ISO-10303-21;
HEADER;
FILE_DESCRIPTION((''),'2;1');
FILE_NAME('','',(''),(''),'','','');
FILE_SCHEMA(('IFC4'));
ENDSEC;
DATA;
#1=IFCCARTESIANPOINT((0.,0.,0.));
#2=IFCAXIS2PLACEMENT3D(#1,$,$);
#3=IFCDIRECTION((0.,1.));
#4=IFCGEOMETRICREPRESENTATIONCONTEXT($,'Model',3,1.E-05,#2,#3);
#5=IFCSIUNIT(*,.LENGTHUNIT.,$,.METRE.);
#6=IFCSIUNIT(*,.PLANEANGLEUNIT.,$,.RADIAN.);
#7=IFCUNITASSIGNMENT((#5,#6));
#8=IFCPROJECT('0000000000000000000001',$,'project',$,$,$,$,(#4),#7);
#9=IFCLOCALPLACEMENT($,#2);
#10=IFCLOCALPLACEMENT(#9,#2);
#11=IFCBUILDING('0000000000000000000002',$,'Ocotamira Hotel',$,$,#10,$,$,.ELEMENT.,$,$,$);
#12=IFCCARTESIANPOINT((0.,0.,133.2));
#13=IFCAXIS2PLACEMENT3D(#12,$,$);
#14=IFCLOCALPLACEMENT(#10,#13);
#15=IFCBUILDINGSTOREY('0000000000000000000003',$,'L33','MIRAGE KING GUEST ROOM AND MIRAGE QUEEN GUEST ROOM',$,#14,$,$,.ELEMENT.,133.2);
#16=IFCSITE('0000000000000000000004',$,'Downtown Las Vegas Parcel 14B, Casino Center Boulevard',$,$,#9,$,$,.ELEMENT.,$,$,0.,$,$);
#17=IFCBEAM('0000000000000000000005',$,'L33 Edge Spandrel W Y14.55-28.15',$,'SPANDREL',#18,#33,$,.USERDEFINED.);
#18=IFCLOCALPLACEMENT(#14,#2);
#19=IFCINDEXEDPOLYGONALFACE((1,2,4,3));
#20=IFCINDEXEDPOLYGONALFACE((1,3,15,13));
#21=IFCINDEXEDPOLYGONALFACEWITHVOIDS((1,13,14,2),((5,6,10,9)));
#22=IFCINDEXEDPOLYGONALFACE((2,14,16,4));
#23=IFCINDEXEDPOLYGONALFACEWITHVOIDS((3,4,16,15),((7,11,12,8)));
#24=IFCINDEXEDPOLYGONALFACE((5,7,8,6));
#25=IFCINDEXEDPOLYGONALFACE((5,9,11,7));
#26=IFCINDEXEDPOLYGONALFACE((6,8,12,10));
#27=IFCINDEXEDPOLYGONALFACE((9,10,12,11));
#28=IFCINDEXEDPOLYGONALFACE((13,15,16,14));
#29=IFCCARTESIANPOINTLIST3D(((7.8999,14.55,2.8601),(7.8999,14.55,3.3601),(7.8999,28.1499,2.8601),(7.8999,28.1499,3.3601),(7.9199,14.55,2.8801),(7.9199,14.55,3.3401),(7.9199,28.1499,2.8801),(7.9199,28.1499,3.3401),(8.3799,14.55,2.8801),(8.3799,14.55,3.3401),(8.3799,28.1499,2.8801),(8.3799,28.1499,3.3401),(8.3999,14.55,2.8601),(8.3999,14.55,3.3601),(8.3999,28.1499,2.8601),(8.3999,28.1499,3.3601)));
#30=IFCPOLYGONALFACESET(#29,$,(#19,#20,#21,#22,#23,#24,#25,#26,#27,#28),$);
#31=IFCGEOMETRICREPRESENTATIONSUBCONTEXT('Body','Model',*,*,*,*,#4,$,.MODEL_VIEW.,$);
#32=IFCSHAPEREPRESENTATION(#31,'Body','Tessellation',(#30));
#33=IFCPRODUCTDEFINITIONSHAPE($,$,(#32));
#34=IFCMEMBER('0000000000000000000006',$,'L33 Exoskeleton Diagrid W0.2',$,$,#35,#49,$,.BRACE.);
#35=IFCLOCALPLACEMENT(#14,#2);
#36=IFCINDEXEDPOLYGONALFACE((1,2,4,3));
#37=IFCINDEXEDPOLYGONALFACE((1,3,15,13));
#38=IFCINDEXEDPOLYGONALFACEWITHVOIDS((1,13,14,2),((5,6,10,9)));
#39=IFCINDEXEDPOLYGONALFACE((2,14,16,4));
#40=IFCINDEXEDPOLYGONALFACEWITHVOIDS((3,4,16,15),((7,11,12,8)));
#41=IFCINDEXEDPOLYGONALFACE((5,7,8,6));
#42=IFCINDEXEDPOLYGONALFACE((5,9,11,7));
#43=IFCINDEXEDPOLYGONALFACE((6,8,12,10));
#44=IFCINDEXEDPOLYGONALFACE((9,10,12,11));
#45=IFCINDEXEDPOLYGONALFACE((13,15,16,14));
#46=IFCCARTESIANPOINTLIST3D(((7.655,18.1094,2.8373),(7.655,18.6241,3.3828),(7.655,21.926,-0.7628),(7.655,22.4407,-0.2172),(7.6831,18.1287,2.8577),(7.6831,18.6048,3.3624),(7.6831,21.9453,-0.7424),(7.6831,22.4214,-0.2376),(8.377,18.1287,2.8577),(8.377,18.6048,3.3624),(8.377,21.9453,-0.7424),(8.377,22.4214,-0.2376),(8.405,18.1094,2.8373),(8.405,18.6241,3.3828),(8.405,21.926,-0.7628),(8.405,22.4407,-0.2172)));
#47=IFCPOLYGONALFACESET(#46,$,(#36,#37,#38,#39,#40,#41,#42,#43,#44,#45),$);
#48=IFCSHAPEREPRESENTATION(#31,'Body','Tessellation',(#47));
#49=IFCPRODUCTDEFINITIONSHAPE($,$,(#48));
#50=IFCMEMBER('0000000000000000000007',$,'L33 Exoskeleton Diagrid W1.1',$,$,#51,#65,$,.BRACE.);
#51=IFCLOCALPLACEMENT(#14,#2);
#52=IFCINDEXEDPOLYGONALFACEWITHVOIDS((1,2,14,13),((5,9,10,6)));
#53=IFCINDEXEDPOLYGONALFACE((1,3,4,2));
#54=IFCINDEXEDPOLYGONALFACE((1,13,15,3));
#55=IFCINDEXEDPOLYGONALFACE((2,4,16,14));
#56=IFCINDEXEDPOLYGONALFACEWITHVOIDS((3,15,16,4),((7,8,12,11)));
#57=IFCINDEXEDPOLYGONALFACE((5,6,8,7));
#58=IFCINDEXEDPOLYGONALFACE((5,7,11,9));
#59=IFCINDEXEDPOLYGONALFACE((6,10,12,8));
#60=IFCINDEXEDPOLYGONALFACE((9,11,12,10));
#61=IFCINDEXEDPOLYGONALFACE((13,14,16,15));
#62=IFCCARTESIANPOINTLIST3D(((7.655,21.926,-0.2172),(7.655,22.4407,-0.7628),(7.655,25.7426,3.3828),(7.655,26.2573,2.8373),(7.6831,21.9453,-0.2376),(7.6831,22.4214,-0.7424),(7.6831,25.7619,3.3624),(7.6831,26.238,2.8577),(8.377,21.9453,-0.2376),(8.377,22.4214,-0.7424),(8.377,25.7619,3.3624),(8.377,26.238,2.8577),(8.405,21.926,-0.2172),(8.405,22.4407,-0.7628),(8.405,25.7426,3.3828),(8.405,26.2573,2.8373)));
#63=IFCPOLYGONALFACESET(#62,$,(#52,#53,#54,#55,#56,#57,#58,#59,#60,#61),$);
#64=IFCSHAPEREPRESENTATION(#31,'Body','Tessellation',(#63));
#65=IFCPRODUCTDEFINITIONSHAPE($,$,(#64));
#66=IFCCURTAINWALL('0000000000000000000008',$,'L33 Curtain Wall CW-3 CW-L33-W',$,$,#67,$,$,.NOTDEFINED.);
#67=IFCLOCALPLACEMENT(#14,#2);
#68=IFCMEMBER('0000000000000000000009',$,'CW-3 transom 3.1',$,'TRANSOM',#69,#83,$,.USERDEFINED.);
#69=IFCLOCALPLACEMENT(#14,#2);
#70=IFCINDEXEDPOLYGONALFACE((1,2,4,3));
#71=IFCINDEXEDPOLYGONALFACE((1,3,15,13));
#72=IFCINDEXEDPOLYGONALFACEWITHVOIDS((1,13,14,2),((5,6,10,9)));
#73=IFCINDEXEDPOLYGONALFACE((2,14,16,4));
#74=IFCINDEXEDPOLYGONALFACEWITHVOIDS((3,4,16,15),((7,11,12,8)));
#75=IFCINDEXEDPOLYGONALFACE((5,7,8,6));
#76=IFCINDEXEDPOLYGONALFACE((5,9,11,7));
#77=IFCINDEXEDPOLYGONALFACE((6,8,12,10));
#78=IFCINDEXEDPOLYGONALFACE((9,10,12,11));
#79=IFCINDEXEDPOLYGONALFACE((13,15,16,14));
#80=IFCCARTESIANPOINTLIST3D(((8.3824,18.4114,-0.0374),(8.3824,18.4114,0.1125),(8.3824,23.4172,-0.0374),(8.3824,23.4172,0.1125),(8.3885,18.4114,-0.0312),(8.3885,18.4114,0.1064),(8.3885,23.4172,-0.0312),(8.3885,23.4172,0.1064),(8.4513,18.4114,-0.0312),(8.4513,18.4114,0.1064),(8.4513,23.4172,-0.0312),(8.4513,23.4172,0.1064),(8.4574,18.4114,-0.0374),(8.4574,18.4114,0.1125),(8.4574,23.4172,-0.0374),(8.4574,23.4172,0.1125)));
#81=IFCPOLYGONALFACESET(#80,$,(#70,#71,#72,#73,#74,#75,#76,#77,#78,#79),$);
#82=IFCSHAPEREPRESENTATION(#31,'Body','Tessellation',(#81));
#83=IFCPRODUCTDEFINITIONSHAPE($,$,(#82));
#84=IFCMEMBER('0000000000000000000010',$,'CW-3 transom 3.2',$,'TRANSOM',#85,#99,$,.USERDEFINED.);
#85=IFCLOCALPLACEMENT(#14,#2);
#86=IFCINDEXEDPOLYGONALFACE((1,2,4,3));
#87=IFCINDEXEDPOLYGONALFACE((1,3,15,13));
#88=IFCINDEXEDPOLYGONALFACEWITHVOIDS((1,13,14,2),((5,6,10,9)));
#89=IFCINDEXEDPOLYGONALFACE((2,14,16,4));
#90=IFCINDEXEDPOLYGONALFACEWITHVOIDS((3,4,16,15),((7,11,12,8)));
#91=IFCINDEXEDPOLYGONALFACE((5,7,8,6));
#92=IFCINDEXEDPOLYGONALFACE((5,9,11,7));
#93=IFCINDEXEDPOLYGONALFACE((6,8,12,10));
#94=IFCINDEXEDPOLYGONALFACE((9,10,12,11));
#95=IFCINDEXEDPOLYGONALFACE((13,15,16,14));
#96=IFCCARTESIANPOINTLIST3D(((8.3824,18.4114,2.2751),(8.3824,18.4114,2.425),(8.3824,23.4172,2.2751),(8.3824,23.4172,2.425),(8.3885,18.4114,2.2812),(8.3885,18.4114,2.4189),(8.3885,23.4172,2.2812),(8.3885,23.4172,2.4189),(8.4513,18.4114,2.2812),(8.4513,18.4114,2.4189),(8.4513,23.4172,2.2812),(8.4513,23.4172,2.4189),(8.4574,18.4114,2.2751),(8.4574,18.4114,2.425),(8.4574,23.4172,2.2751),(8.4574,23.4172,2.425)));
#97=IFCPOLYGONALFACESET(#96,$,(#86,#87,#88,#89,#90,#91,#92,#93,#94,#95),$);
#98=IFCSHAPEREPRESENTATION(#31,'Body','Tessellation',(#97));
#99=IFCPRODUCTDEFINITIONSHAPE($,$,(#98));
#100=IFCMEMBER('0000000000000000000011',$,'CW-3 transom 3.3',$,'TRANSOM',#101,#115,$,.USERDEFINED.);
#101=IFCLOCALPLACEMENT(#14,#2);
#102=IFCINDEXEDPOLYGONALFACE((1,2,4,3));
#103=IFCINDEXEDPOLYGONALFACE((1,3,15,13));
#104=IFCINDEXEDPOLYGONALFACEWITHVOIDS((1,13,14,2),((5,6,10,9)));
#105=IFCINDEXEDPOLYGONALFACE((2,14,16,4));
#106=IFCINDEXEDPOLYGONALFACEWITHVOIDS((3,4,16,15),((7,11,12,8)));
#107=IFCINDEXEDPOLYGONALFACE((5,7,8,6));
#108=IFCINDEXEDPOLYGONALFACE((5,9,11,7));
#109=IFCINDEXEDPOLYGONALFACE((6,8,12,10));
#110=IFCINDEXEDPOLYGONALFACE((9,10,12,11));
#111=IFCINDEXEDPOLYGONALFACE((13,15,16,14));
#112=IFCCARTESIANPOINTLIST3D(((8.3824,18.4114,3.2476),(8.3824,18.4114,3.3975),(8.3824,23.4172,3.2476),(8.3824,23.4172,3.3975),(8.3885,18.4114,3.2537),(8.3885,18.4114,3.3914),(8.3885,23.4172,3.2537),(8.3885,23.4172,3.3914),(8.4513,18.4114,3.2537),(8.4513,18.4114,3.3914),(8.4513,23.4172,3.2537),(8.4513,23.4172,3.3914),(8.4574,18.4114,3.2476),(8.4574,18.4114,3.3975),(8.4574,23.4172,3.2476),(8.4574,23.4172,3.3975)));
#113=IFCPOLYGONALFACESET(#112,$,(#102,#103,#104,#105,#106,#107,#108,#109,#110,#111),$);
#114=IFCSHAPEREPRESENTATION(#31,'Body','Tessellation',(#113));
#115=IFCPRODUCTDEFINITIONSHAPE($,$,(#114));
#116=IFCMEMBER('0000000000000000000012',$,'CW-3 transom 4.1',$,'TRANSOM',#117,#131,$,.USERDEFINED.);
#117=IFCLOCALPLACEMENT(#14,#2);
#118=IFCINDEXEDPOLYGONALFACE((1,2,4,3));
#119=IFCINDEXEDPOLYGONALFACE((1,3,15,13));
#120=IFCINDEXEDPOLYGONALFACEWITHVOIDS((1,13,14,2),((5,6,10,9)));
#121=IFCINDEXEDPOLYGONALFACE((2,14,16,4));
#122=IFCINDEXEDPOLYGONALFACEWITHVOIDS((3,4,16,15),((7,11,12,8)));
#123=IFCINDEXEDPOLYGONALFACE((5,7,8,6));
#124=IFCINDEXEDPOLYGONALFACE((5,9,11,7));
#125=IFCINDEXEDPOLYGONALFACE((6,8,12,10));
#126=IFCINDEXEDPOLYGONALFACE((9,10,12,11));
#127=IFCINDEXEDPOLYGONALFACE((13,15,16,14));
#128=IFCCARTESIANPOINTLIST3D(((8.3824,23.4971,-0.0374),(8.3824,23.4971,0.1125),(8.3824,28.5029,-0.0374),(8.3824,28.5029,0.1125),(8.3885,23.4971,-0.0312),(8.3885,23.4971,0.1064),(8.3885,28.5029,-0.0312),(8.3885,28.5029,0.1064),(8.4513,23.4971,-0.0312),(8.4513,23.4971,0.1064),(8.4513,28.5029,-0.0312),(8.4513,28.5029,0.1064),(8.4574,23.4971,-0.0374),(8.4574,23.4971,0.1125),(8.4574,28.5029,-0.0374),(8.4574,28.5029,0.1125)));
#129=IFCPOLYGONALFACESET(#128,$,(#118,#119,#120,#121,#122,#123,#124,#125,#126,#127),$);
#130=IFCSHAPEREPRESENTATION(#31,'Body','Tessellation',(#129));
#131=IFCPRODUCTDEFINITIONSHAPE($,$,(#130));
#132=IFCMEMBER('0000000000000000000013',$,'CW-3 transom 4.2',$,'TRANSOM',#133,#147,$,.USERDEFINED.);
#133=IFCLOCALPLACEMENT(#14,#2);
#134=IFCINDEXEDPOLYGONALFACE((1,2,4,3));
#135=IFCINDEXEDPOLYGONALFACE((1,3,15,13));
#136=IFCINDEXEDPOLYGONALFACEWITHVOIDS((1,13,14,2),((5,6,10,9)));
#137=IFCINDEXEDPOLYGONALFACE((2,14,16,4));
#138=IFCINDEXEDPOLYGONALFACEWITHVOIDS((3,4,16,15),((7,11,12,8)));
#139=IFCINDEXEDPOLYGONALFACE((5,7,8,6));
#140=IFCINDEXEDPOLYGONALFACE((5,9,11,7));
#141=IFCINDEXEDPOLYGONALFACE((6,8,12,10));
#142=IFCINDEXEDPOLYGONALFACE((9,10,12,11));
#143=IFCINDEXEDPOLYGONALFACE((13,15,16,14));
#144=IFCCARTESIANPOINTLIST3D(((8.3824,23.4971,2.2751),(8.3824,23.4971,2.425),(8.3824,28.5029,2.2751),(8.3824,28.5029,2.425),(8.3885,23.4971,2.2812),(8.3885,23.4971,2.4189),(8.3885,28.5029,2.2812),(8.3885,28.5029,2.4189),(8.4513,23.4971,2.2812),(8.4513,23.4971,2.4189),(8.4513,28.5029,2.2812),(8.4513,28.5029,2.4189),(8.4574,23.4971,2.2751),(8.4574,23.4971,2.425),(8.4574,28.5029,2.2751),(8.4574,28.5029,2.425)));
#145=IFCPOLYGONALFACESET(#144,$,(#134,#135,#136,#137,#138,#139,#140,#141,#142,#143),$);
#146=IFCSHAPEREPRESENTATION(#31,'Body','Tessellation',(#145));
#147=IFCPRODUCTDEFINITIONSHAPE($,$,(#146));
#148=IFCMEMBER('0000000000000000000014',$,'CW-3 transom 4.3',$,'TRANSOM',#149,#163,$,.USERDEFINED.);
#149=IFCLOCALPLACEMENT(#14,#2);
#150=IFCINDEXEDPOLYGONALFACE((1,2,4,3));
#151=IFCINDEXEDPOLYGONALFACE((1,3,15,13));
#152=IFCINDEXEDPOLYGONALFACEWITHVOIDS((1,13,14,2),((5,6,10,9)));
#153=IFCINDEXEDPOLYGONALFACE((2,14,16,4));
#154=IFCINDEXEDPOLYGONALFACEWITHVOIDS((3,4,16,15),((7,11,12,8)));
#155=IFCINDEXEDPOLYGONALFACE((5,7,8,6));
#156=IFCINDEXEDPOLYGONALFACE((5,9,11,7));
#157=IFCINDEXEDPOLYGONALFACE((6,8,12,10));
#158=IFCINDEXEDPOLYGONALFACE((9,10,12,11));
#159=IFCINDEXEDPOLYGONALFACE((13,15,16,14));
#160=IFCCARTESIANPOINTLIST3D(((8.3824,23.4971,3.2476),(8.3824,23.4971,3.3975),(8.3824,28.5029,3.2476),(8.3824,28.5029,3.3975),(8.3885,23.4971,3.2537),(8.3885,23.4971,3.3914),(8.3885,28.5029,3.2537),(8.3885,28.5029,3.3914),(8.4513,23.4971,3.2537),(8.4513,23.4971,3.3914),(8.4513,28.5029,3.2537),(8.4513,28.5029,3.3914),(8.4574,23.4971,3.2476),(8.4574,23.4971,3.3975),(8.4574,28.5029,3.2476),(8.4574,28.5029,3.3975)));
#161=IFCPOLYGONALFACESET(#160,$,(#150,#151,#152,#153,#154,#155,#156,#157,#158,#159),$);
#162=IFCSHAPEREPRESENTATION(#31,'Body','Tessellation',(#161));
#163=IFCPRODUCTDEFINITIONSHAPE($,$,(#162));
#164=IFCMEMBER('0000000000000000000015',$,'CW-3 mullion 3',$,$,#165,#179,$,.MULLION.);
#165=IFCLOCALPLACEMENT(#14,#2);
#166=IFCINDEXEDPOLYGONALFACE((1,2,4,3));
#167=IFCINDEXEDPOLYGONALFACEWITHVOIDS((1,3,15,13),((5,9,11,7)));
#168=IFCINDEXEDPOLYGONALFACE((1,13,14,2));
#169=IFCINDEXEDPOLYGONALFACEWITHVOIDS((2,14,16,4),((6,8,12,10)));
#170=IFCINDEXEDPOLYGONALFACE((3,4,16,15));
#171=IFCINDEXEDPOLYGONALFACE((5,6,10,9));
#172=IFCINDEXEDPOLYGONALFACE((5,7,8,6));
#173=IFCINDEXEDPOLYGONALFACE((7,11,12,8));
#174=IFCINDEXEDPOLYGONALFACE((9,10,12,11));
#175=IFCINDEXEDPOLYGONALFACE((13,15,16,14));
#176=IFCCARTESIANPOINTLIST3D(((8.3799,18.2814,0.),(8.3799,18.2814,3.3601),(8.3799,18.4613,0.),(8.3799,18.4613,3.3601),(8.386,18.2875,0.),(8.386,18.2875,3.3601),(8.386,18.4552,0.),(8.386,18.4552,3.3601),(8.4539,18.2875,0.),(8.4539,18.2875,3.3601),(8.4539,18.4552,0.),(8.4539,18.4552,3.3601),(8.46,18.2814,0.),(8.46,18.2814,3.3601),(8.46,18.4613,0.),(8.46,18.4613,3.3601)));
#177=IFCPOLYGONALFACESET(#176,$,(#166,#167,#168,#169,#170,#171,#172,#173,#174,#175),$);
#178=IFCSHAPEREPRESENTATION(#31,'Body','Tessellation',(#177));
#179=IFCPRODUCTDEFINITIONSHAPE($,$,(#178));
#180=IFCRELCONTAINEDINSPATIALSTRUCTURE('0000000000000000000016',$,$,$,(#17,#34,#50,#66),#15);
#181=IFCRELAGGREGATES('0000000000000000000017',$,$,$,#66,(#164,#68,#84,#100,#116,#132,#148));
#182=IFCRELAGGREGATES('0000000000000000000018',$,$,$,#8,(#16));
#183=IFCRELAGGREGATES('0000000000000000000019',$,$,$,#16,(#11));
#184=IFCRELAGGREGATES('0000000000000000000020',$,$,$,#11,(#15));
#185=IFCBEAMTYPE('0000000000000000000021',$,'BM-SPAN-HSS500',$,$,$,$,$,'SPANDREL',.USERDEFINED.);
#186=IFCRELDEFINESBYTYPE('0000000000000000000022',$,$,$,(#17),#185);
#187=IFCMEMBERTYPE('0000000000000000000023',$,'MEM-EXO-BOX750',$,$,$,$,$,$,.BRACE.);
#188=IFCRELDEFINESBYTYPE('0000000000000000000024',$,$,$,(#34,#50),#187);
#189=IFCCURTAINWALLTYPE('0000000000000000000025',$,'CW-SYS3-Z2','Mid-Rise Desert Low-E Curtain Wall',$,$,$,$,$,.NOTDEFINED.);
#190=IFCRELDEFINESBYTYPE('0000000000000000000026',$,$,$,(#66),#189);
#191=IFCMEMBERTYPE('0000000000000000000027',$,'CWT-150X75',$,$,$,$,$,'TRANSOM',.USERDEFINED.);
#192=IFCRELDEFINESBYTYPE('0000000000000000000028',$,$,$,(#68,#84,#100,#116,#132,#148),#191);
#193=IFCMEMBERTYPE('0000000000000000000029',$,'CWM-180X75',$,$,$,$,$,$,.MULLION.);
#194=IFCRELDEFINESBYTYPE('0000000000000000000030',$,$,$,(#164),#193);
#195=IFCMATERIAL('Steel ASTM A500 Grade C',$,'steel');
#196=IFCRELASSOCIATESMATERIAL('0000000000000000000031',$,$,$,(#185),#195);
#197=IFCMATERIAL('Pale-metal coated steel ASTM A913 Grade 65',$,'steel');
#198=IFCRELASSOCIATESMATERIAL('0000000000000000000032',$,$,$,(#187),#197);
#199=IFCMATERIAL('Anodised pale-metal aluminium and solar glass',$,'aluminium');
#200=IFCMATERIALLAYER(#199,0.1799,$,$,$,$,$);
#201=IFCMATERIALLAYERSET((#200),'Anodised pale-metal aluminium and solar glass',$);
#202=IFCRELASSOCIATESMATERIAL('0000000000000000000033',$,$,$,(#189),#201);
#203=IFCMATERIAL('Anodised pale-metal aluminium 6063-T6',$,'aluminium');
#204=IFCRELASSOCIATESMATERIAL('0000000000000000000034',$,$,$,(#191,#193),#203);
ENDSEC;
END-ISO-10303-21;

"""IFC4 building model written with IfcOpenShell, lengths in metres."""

from ifc_helpers import new_model, si_unit, direction, frame, origin, origin_2d, place, context, subcontext, project, spatial, hollow_rectangle, extrude, source, transform, mapped, material, layer, layer_set, material_profile, profile_set, type_object, element, aggregate, save


model = new_model("IFC4")

# Units and contexts
model_context = context("Model", 3, precision=1e-05, world=origin(), true_north=direction((0.0, 1.0)))
body_context = subcontext(model_context, "Body", "Model", "MODEL_VIEW")
ifc_project = project(units=[si_unit("LENGTHUNIT", "METRE"), si_unit("PLANEANGLEUNIT", "RADIAN")], contexts=[model_context])

# Site, building, storey
site_placement = place(None, origin())
site = spatial("IfcSite", under=ifc_project, at=site_placement, Name="Downtown Las Vegas Parcel 14B, Casino Center Boulevard", CompositionType="ELEMENT", RefElevation=0.0)
building_placement = place(site_placement, origin())
building = spatial("IfcBuilding", under=site, at=building_placement, Name="Ocotamira Hotel", CompositionType="ELEMENT")
storey_placement = place(building_placement, frame((0.0, 0.0, 133.2)))
storey = spatial("IfcBuildingStorey", under=building, at=storey_placement, Name="L33", Description="MIRAGE KING GUEST ROOM AND MIRAGE QUEEN GUEST ROOM", CompositionType="ELEMENT", Elevation=133.2)

# Beam
ifc_material_1 = material(Name="Steel ASTM A500 Grade C", Category="steel")
ifc_material_profile_1 = material_profile(ifc_material_1, hollow_rectangle(XDim=0.5, YDim=0.5, WallThickness=0.02, at=origin_2d()), Name="HSS500X500X20")
ifc_profile_set_1 = profile_set([ifc_material_profile_1], Name="Steel ASTM A500 Grade C")
beam_type_1 = type_object("IfcBeamType", Name="BM-SPAN-HSS500", ElementType="SPANDREL", PredefinedType="USERDEFINED", material=ifc_profile_set_1)
shared_shape_1 = source(origin(), body_context, "Body", "SweptSolid", [
    extrude(hollow_rectangle(XDim=0.5, YDim=0.5, WallThickness=0.02, at=origin_2d()), origin(), (0.0, 0.0, 1.0), 13.5999),
])
beam_1_placement = place(storey_placement, frame((8.1499, 14.55, 3.1101), z_axis=(0.0, 1.0, 0.0), x_axis=(-1.0, 0.0, 0.0)))
element("IfcBeam", 1, at=beam_1_placement, inside=storey, type_object=beam_type_1, Name="L33 Edge Spandrel W Y14.55-28.15", ObjectType="SPANDREL", PredefinedType="USERDEFINED", context=body_context, shape_type="MappedRepresentation", body=[
    mapped(shared_shape_1, transform((0.0, 0.0, 0.0), scale=1.0)),
])

# Members
ifc_material_2 = material(Name="Pale-metal coated steel ASTM A913 Grade 65", Category="steel")
ifc_material_profile_2 = material_profile(ifc_material_2, hollow_rectangle(XDim=0.75, YDim=0.75, WallThickness=0.0281, at=origin_2d()), Name="BOX750X750X28")
ifc_profile_set_2 = profile_set([ifc_material_profile_2], Name="Pale-metal coated steel ASTM A913 Grade 65")
member_type_1 = type_object("IfcMemberType", Name="MEM-EXO-BOX750", PredefinedType="BRACE", material=ifc_profile_set_2)
shared_shape_2 = source(origin(), body_context, "Body", "SweptSolid", [
    extrude(hollow_rectangle(XDim=0.75, YDim=0.75, WallThickness=0.0281, at=origin_2d()), origin(), (0.0, 0.0, 1.0), 5.2466),
])
for number, where, z_axis, x_axis, name in (
    (2, (8.03, 22.1833, -0.49), (0.0, -0.727443, 0.686168), (1.0, 0.0, 0.0), "L33 Exoskeleton Diagrid W0.2"),
    (3, (8.03, 22.1833, -0.49), (0.0, 0.727443, 0.686168), (-1.0, 0.0, 0.0), "L33 Exoskeleton Diagrid W1.1"),
):
    element("IfcMember", number, at=place(storey_placement, frame(where, z_axis=z_axis, x_axis=x_axis)), inside=storey, type_object=member_type_1, Name=name, PredefinedType="BRACE", context=body_context, shape_type="MappedRepresentation", body=[
        mapped(shared_shape_2, transform((0.0, 0.0, 0.0), scale=1.0)),
    ])

# Curtain wall, members
ifc_material_3 = material(Name="Anodised pale-metal aluminium and solar glass", Category="aluminium")
ifc_layer_1 = layer(ifc_material_3, 0.1799)
ifc_layer_set_1 = layer_set([ifc_layer_1], Name="Anodised pale-metal aluminium and solar glass")
curtain_wall_type = type_object("IfcCurtainWallType", Name="CW-SYS3-Z2", Description="Mid-Rise Desert Low-E Curtain Wall", PredefinedType="NOTDEFINED", material=ifc_layer_set_1)
curtain_wall_placement = place(storey_placement, origin())
curtain_wall = element("IfcCurtainWall", 4, at=curtain_wall_placement, inside=storey, type_object=curtain_wall_type, Name="L33 Curtain Wall CW-3 CW-L33-W", PredefinedType="NOTDEFINED")
ifc_material_4 = material(Name="Anodised pale-metal aluminium 6063-T6", Category="aluminium")
ifc_material_profile_3 = material_profile(ifc_material_4, hollow_rectangle(XDim=0.075, YDim=0.1499, WallThickness=0.0061, at=origin_2d()), Name="HSS150X75X6")
ifc_profile_set_3 = profile_set([ifc_material_profile_3], Name="Anodised pale-metal aluminium 6063-T6")
member_type_2 = type_object("IfcMemberType", Name="CWT-150X75", ElementType="TRANSOM", PredefinedType="USERDEFINED", material=ifc_profile_set_3)
shared_shape_3 = source(origin(), body_context, "Body", "SweptSolid", [
    extrude(hollow_rectangle(XDim=0.075, YDim=0.1499, WallThickness=0.0061, at=origin_2d()), origin(), (0.0, 0.0, 1.0), 5.0059),
])
member_1_placement = place(storey_placement, frame((8.4199, 18.4114, 0.0376), z_axis=(0.0, 1.0, 0.0), x_axis=(-1.0, 0.0, 0.0)))
member_1 = element("IfcMember", 5, at=member_1_placement, type_object=member_type_2, Name="CW-3 transom 3.1", ObjectType="TRANSOM", PredefinedType="USERDEFINED", context=body_context, shape_type="MappedRepresentation", body=[
    mapped(shared_shape_3, transform((0.0, 0.0, 0.0), scale=1.0)),
])
member_2_placement = place(storey_placement, frame((8.4199, 18.4114, 2.3501), z_axis=(0.0, 1.0, 0.0), x_axis=(-1.0, 0.0, 0.0)))
member_2 = element("IfcMember", 6, at=member_2_placement, type_object=member_type_2, Name="CW-3 transom 3.2", ObjectType="TRANSOM", PredefinedType="USERDEFINED", context=body_context, shape_type="MappedRepresentation", body=[
    mapped(shared_shape_3, transform((0.0, 0.0, 0.0), scale=1.0)),
])
member_3_placement = place(storey_placement, frame((8.4199, 18.4114, 3.3225), z_axis=(0.0, 1.0, 0.0), x_axis=(-1.0, 0.0, 0.0)))
member_3 = element("IfcMember", 7, at=member_3_placement, type_object=member_type_2, Name="CW-3 transom 3.3", ObjectType="TRANSOM", PredefinedType="USERDEFINED", context=body_context, shape_type="MappedRepresentation", body=[
    mapped(shared_shape_3, transform((0.0, 0.0, 0.0), scale=1.0)),
])
member_4_placement = place(storey_placement, frame((8.4199, 23.4971, 0.0376), z_axis=(0.0, 1.0, 0.0), x_axis=(-1.0, 0.0, 0.0)))
member_4 = element("IfcMember", 8, at=member_4_placement, type_object=member_type_2, Name="CW-3 transom 4.1", ObjectType="TRANSOM", PredefinedType="USERDEFINED", context=body_context, shape_type="MappedRepresentation", body=[
    mapped(shared_shape_3, transform((0.0, 0.0, 0.0), scale=1.0)),
])
member_5_placement = place(storey_placement, frame((8.4199, 23.4971, 2.3501), z_axis=(0.0, 1.0, 0.0), x_axis=(-1.0, 0.0, 0.0)))
member_5 = element("IfcMember", 9, at=member_5_placement, type_object=member_type_2, Name="CW-3 transom 4.2", ObjectType="TRANSOM", PredefinedType="USERDEFINED", context=body_context, shape_type="MappedRepresentation", body=[
    mapped(shared_shape_3, transform((0.0, 0.0, 0.0), scale=1.0)),
])
member_6_placement = place(storey_placement, frame((8.4199, 23.4971, 3.3225), z_axis=(0.0, 1.0, 0.0), x_axis=(-1.0, 0.0, 0.0)))
member_6 = element("IfcMember", 10, at=member_6_placement, type_object=member_type_2, Name="CW-3 transom 4.3", ObjectType="TRANSOM", PredefinedType="USERDEFINED", context=body_context, shape_type="MappedRepresentation", body=[
    mapped(shared_shape_3, transform((0.0, 0.0, 0.0), scale=1.0)),
])
ifc_material_profile_4 = material_profile(ifc_material_4, hollow_rectangle(XDim=0.0801, YDim=0.1799, WallThickness=0.0061, at=origin_2d()), Name="HSS180X80X6")
ifc_profile_set_4 = profile_set([ifc_material_profile_4], Name="Anodised pale-metal aluminium 6063-T6")
member_type_3 = type_object("IfcMemberType", Name="CWM-180X75", PredefinedType="MULLION", material=ifc_profile_set_4)
shared_shape_4 = source(origin(), body_context, "Body", "SweptSolid", [
    extrude(hollow_rectangle(XDim=0.0801, YDim=0.1799, WallThickness=0.0061, at=origin_2d()), origin(), (0.0, 0.0, 1.0), 3.3601),
])
member_7_placement = place(storey_placement, frame((8.4199, 18.3713, 0.0), z_axis=(0.0, 0.0, 1.0), x_axis=(-1.0, 0.0, 0.0)))
member_7 = element("IfcMember", 11, at=member_7_placement, type_object=member_type_3, Name="CW-3 mullion 3", PredefinedType="MULLION", context=body_context, shape_type="MappedRepresentation", body=[
    mapped(shared_shape_4, transform((0.0, 0.0, 0.0), scale=1.0)),
])

aggregate(curtain_wall, [member_7, member_1, member_2, member_3, member_4, member_5, member_6])

save(model, "model.ifc")
